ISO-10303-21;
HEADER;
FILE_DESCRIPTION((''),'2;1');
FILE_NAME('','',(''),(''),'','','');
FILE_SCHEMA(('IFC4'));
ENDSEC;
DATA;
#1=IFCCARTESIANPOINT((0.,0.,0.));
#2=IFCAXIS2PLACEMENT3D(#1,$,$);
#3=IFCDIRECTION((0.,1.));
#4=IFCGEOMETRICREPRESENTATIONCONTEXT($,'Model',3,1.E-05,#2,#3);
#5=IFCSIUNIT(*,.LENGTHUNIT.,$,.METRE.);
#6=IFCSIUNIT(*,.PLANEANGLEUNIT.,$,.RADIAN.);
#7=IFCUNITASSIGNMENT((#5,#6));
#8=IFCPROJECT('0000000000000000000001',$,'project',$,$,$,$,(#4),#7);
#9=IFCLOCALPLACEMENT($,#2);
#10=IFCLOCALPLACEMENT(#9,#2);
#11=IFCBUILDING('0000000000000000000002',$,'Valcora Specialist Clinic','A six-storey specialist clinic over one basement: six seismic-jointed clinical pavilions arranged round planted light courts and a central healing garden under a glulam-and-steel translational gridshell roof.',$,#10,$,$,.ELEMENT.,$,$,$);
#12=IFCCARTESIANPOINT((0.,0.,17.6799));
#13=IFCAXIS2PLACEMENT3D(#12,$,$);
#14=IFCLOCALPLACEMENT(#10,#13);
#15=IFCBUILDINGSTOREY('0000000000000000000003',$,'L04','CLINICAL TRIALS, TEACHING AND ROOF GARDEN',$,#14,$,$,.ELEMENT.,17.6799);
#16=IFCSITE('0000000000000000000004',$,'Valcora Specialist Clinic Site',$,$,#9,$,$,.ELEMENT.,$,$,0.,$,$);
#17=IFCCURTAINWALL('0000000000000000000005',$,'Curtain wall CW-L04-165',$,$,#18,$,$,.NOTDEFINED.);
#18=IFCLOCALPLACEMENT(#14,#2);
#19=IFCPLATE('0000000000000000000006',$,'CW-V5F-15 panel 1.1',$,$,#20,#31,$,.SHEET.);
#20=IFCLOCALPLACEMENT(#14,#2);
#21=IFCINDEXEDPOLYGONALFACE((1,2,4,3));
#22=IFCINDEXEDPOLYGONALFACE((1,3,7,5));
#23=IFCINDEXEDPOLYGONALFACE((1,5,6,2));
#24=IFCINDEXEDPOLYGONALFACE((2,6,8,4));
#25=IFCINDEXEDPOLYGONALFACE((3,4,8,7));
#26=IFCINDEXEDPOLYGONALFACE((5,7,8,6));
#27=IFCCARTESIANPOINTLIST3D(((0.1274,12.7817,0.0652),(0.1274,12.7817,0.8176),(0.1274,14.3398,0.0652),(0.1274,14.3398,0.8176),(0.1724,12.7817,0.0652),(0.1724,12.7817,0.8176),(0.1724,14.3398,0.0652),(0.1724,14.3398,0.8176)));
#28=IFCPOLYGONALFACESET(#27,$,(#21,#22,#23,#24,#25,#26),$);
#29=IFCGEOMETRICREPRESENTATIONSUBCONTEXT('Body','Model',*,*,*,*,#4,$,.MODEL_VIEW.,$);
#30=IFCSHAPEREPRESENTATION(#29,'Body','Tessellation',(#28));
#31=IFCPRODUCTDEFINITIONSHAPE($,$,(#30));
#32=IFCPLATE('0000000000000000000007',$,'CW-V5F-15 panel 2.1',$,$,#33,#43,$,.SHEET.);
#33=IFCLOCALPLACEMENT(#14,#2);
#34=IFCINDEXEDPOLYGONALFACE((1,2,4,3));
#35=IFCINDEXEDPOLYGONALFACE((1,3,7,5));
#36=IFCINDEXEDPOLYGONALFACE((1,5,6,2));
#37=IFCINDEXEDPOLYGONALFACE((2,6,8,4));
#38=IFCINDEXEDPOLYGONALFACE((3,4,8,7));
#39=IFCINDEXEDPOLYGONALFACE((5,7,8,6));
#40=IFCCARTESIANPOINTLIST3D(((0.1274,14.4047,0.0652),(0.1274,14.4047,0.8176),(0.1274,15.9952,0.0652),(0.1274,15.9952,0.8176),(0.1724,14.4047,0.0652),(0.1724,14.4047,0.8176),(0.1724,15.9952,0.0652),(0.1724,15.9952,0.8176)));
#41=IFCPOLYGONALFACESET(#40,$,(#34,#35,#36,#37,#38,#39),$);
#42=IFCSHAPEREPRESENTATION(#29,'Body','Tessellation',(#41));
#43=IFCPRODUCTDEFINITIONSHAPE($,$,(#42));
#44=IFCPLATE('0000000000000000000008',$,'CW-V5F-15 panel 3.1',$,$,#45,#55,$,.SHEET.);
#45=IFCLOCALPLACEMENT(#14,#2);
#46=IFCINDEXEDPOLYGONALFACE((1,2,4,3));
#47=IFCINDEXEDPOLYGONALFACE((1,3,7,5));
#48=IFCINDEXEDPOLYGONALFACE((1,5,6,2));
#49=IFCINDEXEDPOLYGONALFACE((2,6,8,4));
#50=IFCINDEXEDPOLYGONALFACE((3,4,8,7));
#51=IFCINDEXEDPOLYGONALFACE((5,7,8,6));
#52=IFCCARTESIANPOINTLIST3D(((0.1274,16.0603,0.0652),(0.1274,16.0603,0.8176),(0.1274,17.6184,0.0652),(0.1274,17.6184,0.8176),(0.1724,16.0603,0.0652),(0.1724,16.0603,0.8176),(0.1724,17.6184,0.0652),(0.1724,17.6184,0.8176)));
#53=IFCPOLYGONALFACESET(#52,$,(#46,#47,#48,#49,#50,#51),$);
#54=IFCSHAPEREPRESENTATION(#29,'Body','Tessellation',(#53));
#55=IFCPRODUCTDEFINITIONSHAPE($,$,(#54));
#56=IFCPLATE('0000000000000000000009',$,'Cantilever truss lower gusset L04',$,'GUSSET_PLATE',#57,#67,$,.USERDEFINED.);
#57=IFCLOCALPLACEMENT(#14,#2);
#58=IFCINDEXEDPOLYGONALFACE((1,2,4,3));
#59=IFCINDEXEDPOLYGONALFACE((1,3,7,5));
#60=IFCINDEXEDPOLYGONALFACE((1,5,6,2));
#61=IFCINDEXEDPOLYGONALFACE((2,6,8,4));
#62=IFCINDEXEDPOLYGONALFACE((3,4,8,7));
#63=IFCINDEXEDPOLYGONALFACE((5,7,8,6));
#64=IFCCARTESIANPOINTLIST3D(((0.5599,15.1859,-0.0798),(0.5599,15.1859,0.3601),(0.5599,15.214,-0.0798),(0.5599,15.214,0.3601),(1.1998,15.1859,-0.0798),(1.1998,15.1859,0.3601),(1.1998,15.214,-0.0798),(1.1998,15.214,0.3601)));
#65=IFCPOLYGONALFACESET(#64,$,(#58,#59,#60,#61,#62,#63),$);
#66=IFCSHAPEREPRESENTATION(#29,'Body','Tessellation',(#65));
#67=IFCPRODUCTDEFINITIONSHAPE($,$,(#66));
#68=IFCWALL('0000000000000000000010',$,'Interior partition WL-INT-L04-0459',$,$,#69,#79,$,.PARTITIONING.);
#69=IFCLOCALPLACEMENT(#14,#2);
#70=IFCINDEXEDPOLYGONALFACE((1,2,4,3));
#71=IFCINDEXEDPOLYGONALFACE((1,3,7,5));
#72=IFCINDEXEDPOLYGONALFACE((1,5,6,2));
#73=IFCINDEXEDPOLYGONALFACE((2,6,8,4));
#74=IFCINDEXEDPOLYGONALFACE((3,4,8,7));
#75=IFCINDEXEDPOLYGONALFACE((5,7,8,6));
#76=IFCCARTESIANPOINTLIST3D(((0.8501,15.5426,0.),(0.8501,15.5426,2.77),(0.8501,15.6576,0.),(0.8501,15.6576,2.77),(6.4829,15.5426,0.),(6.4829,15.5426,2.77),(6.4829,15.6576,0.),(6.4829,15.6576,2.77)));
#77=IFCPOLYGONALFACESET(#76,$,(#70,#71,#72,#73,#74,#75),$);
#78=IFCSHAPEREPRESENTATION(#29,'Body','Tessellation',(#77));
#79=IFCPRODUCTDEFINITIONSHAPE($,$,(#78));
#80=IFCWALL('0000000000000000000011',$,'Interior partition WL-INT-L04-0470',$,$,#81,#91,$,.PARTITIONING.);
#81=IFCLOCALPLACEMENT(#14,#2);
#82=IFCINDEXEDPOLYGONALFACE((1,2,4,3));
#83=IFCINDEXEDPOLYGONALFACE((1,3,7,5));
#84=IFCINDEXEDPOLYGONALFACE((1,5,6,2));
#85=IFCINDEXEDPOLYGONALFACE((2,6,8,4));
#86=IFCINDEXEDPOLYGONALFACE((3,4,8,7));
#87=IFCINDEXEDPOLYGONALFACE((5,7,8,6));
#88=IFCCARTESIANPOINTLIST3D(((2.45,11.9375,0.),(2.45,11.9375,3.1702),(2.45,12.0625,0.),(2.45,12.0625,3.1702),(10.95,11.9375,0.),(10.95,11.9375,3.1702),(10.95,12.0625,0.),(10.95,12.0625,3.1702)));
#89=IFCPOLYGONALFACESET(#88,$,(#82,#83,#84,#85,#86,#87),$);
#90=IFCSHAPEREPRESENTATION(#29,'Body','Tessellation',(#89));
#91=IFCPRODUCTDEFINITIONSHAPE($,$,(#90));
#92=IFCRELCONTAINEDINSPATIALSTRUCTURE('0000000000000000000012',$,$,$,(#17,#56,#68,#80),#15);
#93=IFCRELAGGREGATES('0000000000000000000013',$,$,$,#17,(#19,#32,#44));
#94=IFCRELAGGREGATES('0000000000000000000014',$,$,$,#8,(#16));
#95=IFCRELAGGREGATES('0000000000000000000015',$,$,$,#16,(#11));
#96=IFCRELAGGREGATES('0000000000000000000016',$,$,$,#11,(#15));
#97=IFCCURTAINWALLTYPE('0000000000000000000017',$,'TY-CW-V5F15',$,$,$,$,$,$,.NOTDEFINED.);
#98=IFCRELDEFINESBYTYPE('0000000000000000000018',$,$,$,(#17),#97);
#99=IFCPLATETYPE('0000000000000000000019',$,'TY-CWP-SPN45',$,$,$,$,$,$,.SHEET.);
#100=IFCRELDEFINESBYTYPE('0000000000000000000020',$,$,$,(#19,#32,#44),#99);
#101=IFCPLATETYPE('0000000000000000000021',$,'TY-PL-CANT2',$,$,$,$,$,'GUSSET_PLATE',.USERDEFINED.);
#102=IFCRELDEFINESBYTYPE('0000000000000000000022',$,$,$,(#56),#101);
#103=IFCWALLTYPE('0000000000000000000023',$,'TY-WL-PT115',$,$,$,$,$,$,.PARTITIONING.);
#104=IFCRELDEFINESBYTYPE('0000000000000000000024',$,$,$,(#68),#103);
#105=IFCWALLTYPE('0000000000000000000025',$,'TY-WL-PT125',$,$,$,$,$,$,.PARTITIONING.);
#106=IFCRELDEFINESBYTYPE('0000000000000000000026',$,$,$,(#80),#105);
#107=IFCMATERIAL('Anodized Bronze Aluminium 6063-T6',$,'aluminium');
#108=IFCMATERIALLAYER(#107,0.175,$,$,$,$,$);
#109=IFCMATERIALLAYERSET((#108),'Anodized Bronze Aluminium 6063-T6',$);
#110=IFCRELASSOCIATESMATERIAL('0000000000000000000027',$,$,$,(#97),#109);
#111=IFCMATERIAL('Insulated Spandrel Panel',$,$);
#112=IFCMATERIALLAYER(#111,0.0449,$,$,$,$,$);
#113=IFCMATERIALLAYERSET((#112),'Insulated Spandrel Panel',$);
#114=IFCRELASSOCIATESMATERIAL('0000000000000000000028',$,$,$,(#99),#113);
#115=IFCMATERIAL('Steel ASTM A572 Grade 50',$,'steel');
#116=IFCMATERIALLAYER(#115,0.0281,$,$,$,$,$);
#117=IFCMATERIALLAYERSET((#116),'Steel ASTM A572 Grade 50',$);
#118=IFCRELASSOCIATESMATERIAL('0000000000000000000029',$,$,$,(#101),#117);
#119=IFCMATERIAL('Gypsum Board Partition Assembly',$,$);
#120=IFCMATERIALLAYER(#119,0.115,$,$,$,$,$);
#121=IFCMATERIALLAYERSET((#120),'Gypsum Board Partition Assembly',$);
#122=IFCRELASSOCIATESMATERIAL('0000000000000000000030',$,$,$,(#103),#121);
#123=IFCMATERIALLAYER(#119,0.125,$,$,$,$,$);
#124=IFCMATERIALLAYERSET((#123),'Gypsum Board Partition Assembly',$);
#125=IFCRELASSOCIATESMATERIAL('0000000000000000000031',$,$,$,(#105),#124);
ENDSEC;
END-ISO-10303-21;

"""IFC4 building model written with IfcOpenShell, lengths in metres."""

from ifc_helpers import new_model, si_unit, direction, frame, frame_2d, origin, origin_2d, place, context, subcontext, project, spatial, rectangle, extrude, material, layer, layer_set, type_object, element, aggregate, save


model = new_model("IFC4")

# Units and contexts
model_context = context("Model", 3, precision=1e-05, world=origin(), true_north=direction((0.0, 1.0)))
body_context = subcontext(model_context, "Body", "Model", "MODEL_VIEW")
ifc_project = project(units=[si_unit("LENGTHUNIT", "METRE"), si_unit("PLANEANGLEUNIT", "RADIAN")], contexts=[model_context])

# Site, building, storey
site_placement = place(None, origin())
site = spatial("IfcSite", under=ifc_project, at=site_placement, Name="Valcora Specialist Clinic Site", CompositionType="ELEMENT", RefElevation=0.0)
building_placement = place(site_placement, origin())
building = spatial("IfcBuilding", under=site, at=building_placement, Name="Valcora Specialist Clinic", Description="A six-storey specialist clinic over one basement: six seismic-jointed clinical pavilions arranged round planted light courts and a central healing garden under a glulam-and-steel translational gridshell roof.", CompositionType="ELEMENT")
storey_placement = place(building_placement, frame((0.0, 0.0, 17.6799)))
storey = spatial("IfcBuildingStorey", under=building, at=storey_placement, Name="L04", Description="CLINICAL TRIALS, TEACHING AND ROOF GARDEN", CompositionType="ELEMENT", Elevation=17.6799)

# Shared definitions
ifc_material_1 = material(Name="Anodized Bronze Aluminium 6063-T6", Category="aluminium")
ifc_layer_1 = layer(ifc_material_1, 0.175)
ifc_layer_set_1 = layer_set([ifc_layer_1], Name="Anodized Bronze Aluminium 6063-T6")
curtain_wall_type = type_object("IfcCurtainWallType", Name="TY-CW-V5F15", PredefinedType="NOTDEFINED", material=ifc_layer_set_1)

# Curtain wall
curtain_wall_1_placement = place(storey_placement, origin())
curtain_wall_1 = element("IfcCurtainWall", 1, at=curtain_wall_1_placement, inside=storey, type_object=curtain_wall_type, Name="Curtain wall CW-L04-165", PredefinedType="NOTDEFINED")

# Plates
ifc_material_2 = material(Name="Insulated Spandrel Panel")
ifc_layer_2 = layer(ifc_material_2, 0.0449)
ifc_layer_set_2 = layer_set([ifc_layer_2], Name="Insulated Spandrel Panel")
plate_type_1 = type_object("IfcPlateType", Name="TY-CWP-SPN45", PredefinedType="SHEET", material=ifc_layer_set_2)
plate_1_placement = place(storey_placement, frame((0.1499, 13.5608, 0.0652), z_axis=(0.0, 0.0, 1.0), x_axis=(0.0, 1.0, 0.0)))
plate_1 = element("IfcPlate", 2, at=plate_1_placement, type_object=plate_type_1, Name="CW-V5F-15 panel 1.1", PredefinedType="SHEET", context=body_context, shape_type="SweptSolid", body=[
    extrude(rectangle(XDim=1.5581, YDim=0.0449, at=origin_2d()), origin(), (0.0, 0.0, 1.0), 0.7524),
])
plate_2_placement = place(storey_placement, frame((0.1499, 15.2, 0.0652), z_axis=(0.0, 0.0, 1.0), x_axis=(0.0, 1.0, 0.0)))
plate_2 = element("IfcPlate", 3, at=plate_2_placement, type_object=plate_type_1, Name="CW-V5F-15 panel 2.1", PredefinedType="SHEET", context=body_context, shape_type="SweptSolid", body=[
    extrude(rectangle(XDim=1.5906, YDim=0.0449, at=origin_2d()), origin(), (0.0, 0.0, 1.0), 0.7524),
])
plate_3_placement = place(storey_placement, frame((0.1499, 16.8394, 0.0652), z_axis=(0.0, 0.0, 1.0), x_axis=(0.0, 1.0, 0.0)))
plate_3 = element("IfcPlate", 4, at=plate_3_placement, type_object=plate_type_1, Name="CW-V5F-15 panel 3.1", PredefinedType="SHEET", context=body_context, shape_type="SweptSolid", body=[
    extrude(rectangle(XDim=1.5581, YDim=0.0449, at=origin_2d()), origin(), (0.0, 0.0, 1.0), 0.7524),
])
aggregate(curtain_wall_1, [plate_1, plate_2, plate_3])
ifc_material_3 = material(Name="Steel ASTM A572 Grade 50", Category="steel")
ifc_layer_3 = layer(ifc_material_3, 0.0281)
ifc_layer_set_3 = layer_set([ifc_layer_3], Name="Steel ASTM A572 Grade 50")
plate_type_2 = type_object("IfcPlateType", Name="TY-PL-CANT2", ElementType="GUSSET_PLATE", PredefinedType="USERDEFINED", material=ifc_layer_set_3)
plate_4_placement = place(storey_placement, frame((0.8799, 15.2, -0.0798), z_axis=(0.0, 0.0, 1.0), x_axis=(1.0, 0.0, 0.0)))
element("IfcPlate", 5, at=plate_4_placement, inside=storey, type_object=plate_type_2, Name="Cantilever truss lower gusset L04", ObjectType="GUSSET_PLATE", PredefinedType="USERDEFINED", context=body_context, shape_type="SweptSolid", body=[
    extrude(rectangle(XDim=0.6399, YDim=0.0281, at=origin_2d()), origin(), (0.0, 0.0, 1.0), 0.4399),
])

# Walls
ifc_material_4 = material(Name="Gypsum Board Partition Assembly")
ifc_layer_4 = layer(ifc_material_4, 0.115)
ifc_layer_set_4 = layer_set([ifc_layer_4], Name="Gypsum Board Partition Assembly")
wall_type_1 = type_object("IfcWallType", Name="TY-WL-PT115", PredefinedType="PARTITIONING", material=ifc_layer_set_4)
wall_1_placement = place(storey_placement, frame((6.4829, 15.6001, 0.0), z_axis=(0.0, 0.0, 1.0), x_axis=(-1.0, 0.0, 0.0)))
element("IfcWall", 6, at=wall_1_placement, inside=storey, type_object=wall_type_1, Name="Interior partition WL-INT-L04-0459", PredefinedType="PARTITIONING", context=body_context, shape_type="SweptSolid", body=[
    extrude(rectangle(XDim=5.6328, YDim=0.115, at=frame_2d((2.8164, 0.0))), origin(), (0.0, 0.0, 1.0), 2.77),
])
ifc_layer_5 = layer(ifc_material_4, 0.125)
ifc_layer_set_5 = layer_set([ifc_layer_5], Name="Gypsum Board Partition Assembly")
wall_type_2 = type_object("IfcWallType", Name="TY-WL-PT125", PredefinedType="PARTITIONING", material=ifc_layer_set_5)
wall_2_placement = place(storey_placement, frame((2.45, 12.0, 0.0), z_axis=(0.0, 0.0, 1.0), x_axis=(1.0, 0.0, 0.0)))
element("IfcWall", 7, at=wall_2_placement, inside=storey, type_object=wall_type_2, Name="Interior partition WL-INT-L04-0470", PredefinedType="PARTITIONING", context=body_context, shape_type="SweptSolid", body=[
    extrude(rectangle(XDim=8.5, YDim=0.125, at=frame_2d((4.25, 0.0))), origin(), (0.0, 0.0, 1.0), 3.1702),
])

save(model, "model.ifc")
